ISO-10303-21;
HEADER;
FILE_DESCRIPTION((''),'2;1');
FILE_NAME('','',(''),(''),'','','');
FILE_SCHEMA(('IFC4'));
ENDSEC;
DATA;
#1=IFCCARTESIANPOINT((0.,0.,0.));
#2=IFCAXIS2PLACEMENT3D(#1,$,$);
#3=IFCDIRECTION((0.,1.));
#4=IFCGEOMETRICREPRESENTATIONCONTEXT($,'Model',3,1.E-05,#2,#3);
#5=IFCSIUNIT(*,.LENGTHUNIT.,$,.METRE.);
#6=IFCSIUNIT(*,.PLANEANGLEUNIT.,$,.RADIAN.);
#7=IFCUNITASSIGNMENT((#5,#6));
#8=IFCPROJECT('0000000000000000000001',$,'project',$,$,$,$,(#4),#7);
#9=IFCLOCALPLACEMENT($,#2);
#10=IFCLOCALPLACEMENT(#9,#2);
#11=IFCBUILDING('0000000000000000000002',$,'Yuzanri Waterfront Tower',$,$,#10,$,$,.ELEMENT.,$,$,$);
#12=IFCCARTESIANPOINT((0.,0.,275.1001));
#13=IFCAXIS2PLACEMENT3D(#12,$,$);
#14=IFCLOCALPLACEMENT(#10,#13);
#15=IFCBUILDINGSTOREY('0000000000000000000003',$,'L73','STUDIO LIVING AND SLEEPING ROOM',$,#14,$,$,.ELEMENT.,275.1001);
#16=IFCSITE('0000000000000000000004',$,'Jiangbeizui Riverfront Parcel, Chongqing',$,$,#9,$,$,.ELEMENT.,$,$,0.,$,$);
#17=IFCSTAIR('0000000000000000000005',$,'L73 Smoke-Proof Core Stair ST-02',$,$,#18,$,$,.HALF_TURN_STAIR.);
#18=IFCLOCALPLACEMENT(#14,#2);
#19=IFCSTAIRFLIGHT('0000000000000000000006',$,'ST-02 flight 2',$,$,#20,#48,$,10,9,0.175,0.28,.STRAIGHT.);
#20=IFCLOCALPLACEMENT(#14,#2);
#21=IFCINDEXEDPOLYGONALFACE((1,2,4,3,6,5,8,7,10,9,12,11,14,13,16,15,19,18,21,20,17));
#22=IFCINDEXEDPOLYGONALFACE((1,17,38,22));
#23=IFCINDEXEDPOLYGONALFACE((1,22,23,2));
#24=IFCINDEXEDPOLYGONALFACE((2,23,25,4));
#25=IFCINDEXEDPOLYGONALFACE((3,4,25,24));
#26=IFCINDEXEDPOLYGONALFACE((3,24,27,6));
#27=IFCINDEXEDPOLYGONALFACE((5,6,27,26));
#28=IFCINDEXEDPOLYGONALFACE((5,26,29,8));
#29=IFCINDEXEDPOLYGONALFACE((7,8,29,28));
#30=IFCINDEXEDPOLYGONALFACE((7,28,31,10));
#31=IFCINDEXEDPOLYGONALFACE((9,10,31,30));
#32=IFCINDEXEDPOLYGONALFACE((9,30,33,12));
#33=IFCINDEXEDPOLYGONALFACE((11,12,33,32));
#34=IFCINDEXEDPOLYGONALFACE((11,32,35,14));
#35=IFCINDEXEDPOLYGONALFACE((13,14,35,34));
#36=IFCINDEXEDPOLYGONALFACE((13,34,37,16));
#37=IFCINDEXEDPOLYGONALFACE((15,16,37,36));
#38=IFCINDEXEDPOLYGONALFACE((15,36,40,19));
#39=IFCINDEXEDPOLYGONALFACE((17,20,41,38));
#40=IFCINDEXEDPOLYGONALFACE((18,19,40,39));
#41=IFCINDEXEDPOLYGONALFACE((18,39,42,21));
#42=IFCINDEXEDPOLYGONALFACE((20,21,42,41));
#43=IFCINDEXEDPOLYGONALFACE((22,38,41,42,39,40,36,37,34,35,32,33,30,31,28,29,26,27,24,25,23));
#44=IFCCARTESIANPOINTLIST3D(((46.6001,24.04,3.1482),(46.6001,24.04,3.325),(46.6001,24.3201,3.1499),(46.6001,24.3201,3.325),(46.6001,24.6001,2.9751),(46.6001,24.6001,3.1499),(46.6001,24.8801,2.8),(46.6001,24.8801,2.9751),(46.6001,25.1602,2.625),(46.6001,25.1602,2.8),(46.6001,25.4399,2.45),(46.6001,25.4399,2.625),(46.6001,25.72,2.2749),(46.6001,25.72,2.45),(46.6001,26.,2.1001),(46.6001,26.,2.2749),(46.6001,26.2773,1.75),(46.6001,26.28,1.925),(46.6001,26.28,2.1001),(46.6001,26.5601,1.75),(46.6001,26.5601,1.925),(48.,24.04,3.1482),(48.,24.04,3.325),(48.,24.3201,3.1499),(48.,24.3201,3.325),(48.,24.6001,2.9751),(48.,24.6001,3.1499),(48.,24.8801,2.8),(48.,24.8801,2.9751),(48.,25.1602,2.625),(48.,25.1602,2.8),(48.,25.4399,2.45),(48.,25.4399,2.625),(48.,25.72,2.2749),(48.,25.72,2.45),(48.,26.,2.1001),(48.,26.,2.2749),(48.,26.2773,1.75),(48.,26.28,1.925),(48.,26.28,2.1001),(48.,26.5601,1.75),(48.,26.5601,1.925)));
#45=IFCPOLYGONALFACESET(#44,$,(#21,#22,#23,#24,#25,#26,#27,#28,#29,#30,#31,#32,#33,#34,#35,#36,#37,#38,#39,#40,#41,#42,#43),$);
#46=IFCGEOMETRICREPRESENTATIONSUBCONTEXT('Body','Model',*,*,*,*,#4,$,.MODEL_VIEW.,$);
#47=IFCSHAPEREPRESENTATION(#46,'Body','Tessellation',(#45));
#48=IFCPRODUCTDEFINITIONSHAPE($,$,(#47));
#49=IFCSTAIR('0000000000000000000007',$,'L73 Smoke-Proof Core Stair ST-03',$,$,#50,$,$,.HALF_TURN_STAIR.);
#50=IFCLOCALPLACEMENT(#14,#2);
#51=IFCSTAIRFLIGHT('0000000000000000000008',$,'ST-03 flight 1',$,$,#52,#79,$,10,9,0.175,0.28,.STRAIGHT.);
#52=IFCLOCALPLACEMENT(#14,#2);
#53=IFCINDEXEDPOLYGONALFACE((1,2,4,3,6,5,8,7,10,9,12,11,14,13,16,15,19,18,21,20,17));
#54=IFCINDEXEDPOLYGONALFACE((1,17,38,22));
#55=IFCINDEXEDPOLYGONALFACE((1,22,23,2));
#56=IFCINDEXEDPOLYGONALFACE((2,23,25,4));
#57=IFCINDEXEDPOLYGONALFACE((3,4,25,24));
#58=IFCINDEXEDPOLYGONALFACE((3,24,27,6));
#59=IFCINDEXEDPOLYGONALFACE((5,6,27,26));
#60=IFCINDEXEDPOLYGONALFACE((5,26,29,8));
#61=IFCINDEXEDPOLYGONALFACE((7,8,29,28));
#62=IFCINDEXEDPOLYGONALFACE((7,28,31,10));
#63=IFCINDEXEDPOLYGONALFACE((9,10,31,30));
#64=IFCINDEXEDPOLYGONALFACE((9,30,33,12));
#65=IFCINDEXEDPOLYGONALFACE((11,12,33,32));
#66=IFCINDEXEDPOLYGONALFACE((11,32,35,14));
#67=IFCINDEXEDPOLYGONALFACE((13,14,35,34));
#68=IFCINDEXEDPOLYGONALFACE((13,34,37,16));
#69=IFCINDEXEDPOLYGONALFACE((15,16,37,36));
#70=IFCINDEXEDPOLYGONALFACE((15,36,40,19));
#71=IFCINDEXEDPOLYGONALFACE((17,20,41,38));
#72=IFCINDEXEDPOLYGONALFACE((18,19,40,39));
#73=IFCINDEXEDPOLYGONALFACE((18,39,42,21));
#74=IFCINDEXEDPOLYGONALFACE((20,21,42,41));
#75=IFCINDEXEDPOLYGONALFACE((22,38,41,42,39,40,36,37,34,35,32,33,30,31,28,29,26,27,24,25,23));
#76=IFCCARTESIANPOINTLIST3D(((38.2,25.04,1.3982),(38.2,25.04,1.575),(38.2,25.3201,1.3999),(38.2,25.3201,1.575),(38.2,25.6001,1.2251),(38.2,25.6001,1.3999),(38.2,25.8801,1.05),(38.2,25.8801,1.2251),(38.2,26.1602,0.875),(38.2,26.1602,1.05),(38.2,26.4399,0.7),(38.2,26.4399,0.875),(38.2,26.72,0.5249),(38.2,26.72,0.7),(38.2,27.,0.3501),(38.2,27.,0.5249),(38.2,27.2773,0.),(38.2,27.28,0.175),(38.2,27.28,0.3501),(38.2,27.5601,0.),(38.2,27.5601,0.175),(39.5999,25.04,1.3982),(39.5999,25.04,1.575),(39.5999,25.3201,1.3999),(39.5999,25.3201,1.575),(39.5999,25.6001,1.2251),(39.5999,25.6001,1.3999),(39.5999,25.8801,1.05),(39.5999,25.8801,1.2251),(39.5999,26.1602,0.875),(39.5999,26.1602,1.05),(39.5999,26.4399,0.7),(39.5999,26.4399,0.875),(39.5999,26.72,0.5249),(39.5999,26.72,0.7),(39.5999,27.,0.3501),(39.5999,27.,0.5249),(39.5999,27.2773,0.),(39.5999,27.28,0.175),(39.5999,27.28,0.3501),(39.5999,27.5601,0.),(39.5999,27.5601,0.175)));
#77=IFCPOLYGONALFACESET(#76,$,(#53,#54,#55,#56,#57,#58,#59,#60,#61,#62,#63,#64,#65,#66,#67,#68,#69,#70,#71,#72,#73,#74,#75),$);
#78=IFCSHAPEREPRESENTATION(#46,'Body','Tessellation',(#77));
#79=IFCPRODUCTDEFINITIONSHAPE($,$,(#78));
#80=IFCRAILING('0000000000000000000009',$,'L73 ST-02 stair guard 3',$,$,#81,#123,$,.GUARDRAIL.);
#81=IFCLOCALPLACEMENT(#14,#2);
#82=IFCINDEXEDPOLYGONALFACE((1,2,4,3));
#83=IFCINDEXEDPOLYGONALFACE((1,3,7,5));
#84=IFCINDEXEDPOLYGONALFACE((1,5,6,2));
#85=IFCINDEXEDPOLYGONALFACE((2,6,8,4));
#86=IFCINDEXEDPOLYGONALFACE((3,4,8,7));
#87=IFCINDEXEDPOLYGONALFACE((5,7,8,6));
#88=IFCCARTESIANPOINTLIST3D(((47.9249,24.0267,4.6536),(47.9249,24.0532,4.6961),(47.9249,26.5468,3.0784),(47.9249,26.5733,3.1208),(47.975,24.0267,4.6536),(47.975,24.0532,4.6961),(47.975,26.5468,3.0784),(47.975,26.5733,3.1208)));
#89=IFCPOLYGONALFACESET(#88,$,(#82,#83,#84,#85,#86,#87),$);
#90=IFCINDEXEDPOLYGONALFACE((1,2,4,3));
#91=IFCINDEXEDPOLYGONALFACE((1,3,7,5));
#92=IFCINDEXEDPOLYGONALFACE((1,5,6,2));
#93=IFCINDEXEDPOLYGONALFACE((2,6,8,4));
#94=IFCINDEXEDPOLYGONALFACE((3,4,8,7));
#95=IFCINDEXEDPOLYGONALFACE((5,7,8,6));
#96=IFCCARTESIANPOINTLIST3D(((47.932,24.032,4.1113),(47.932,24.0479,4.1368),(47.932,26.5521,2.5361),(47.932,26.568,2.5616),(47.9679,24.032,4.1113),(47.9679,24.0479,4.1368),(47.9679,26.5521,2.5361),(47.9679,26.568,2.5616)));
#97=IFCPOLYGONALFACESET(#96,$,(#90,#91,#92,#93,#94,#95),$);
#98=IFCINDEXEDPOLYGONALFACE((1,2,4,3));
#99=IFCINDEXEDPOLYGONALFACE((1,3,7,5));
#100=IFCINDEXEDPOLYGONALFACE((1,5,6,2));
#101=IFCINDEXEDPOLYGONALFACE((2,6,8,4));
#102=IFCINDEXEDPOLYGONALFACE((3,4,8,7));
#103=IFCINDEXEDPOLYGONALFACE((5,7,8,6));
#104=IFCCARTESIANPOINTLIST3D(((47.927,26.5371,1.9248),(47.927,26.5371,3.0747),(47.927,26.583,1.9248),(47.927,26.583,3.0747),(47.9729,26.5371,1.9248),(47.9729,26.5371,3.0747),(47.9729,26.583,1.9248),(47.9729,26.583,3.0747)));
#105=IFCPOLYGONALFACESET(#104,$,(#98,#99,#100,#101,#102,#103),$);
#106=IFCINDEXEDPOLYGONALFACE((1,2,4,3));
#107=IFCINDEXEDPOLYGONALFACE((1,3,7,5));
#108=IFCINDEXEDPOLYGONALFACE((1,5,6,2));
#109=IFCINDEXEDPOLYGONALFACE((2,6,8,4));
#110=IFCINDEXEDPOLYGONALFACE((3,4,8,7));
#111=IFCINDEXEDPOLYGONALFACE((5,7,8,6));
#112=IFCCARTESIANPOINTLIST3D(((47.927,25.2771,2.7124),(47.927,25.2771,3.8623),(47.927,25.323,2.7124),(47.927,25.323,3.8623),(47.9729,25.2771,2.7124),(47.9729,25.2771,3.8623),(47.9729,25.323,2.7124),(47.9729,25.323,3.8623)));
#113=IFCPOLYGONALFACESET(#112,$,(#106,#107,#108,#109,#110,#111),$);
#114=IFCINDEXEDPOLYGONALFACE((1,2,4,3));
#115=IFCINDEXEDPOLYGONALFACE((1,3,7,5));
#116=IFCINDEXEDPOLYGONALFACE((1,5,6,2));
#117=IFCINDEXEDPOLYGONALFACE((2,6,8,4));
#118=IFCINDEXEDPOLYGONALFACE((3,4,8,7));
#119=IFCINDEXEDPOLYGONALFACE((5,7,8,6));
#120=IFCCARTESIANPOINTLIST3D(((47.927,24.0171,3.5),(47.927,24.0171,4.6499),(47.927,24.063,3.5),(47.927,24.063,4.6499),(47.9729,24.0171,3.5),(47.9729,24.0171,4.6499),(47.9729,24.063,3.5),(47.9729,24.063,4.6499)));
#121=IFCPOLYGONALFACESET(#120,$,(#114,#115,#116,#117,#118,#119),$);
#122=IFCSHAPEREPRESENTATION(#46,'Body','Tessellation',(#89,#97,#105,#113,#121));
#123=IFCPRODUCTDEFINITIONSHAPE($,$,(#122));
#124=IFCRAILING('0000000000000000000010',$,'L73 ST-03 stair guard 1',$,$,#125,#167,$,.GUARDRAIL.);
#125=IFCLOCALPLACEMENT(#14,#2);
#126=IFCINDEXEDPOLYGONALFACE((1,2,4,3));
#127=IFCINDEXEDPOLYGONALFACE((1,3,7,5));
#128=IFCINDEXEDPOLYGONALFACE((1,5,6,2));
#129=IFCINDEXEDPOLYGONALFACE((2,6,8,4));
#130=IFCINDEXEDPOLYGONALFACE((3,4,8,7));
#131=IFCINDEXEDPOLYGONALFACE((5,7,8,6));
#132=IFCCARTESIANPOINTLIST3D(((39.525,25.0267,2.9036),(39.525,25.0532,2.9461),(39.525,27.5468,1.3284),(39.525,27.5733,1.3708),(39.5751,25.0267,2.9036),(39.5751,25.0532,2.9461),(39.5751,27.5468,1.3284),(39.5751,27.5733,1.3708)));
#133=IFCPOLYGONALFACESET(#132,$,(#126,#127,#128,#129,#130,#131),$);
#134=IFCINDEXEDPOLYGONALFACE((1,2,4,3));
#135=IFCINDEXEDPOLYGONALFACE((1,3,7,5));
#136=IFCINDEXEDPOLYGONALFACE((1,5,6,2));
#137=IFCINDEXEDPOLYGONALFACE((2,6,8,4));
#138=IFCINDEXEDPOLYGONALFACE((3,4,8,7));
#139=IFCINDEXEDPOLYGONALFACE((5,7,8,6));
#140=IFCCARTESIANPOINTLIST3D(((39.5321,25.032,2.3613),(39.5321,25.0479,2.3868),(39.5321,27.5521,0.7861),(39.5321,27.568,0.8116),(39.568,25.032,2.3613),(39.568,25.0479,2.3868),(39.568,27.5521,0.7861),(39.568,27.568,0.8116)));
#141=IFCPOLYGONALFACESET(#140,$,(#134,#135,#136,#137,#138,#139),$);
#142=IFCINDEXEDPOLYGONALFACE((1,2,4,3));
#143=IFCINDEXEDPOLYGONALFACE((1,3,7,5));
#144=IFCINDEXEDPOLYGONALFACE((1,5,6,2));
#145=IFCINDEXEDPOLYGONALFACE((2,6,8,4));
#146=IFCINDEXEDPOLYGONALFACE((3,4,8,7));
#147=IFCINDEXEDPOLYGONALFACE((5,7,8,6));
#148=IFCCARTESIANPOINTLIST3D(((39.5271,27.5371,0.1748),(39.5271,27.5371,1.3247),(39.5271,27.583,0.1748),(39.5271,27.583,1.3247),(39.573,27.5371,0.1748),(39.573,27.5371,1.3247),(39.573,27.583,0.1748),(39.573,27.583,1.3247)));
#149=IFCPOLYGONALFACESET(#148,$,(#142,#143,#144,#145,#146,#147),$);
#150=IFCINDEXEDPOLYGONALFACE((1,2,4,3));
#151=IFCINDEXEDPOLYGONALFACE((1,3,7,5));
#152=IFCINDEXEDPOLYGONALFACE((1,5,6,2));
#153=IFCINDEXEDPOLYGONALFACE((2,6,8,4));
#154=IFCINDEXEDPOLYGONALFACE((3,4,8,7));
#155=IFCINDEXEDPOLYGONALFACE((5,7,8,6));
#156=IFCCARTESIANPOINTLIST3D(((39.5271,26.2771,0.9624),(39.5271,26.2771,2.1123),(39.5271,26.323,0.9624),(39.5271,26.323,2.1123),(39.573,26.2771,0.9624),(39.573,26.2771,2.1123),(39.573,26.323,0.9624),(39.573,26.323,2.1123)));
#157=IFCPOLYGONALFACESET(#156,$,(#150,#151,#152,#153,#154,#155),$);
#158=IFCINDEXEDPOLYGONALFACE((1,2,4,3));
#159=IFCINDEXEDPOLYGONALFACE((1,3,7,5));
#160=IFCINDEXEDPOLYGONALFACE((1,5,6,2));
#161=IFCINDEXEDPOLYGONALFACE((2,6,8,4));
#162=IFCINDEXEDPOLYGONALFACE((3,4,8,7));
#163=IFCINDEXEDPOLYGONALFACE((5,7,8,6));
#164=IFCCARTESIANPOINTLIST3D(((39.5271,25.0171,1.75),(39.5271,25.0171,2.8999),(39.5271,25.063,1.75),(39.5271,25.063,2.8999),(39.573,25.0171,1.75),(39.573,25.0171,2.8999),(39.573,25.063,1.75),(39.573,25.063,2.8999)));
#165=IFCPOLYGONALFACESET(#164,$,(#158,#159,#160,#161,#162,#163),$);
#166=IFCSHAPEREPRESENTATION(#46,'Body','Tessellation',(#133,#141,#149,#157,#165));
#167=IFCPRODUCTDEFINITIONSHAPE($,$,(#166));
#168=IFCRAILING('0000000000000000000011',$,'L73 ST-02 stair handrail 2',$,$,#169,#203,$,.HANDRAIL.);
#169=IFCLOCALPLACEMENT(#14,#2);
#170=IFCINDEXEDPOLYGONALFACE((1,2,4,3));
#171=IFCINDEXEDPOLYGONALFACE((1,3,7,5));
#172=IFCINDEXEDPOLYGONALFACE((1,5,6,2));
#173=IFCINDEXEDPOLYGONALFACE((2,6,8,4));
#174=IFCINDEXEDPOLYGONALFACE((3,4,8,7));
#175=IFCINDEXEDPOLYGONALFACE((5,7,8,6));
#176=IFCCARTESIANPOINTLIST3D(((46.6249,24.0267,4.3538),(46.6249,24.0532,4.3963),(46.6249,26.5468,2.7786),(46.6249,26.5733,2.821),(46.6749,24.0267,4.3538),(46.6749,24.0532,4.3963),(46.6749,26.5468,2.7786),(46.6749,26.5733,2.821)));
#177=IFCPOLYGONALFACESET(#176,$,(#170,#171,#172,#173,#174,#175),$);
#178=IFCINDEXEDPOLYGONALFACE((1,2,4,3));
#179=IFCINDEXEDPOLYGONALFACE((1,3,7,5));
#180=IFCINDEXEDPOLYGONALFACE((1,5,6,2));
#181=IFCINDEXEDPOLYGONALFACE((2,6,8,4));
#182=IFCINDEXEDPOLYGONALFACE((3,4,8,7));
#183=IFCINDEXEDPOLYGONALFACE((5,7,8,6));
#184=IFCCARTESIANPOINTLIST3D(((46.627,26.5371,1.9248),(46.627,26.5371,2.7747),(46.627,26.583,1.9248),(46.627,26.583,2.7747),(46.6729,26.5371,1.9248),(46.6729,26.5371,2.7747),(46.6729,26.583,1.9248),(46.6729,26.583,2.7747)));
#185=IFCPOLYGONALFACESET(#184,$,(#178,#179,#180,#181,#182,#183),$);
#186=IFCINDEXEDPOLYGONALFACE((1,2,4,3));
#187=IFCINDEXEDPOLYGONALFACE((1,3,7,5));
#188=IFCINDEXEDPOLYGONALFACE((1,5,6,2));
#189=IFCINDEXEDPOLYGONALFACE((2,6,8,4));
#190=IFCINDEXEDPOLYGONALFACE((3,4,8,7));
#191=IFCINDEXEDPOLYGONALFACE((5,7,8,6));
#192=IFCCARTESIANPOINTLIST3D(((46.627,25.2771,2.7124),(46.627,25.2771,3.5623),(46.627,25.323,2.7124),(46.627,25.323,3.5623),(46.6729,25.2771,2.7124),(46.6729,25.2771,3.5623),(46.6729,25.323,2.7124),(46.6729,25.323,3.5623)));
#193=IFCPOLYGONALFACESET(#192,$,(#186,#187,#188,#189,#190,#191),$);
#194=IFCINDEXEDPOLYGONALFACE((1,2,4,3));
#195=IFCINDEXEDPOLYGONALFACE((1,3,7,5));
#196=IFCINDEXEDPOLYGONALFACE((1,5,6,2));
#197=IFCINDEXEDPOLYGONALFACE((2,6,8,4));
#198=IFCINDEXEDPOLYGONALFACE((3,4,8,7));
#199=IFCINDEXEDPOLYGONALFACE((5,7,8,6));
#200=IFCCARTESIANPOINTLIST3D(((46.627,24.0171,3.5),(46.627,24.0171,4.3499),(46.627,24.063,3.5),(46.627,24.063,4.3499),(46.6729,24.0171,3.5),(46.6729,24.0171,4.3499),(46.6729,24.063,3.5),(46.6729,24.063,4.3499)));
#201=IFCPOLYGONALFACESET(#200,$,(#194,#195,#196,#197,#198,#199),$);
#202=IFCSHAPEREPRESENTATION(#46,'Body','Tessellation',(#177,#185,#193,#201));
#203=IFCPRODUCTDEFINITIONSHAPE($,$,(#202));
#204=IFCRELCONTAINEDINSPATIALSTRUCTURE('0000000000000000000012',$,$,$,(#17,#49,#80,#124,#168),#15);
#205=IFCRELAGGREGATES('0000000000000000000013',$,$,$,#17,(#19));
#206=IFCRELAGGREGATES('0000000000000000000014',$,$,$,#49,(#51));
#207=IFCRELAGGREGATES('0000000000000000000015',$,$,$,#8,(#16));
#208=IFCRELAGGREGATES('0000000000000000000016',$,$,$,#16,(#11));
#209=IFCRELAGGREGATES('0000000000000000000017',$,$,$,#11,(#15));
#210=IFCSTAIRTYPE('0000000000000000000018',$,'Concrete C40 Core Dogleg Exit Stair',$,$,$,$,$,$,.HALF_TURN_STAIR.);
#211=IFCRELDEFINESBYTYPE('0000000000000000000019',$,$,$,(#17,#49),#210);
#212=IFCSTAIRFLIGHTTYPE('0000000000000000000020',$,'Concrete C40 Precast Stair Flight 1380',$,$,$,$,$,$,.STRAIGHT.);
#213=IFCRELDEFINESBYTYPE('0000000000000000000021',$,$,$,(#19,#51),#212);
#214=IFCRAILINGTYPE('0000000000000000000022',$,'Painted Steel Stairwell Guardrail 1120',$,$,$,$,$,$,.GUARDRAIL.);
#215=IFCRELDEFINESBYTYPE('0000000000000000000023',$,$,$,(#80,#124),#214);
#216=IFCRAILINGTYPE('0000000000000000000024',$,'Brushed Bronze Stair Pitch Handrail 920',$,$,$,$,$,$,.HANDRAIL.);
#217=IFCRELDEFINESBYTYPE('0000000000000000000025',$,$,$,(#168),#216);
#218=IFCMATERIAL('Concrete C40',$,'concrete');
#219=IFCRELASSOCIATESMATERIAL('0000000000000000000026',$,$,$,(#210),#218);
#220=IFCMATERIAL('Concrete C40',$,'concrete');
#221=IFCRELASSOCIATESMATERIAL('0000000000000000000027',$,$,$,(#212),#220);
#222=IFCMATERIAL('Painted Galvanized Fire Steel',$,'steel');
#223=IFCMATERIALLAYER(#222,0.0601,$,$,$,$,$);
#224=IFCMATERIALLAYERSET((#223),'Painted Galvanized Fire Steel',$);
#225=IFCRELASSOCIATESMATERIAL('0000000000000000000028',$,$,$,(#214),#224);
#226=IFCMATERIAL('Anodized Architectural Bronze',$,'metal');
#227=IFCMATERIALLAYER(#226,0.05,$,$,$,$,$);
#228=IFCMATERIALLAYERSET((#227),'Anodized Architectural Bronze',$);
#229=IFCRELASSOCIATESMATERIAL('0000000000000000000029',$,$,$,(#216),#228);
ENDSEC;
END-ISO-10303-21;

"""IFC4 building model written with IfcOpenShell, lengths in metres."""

from ifc_helpers import new_model, si_unit, direction, frame, origin, origin_2d, place, context, subcontext, project, spatial, polyline, rectangle, outline, extrude, source, transform, mapped, material, layer, layer_set, type_object, element, aggregate, save


model = new_model("IFC4")

# Units and contexts
model_context = context("Model", 3, precision=1e-05, world=origin(), true_north=direction((0.0, 1.0)))
body_context = subcontext(model_context, "Body", "Model", "MODEL_VIEW")
ifc_project = project(units=[si_unit("LENGTHUNIT", "METRE"), si_unit("PLANEANGLEUNIT", "RADIAN")], contexts=[model_context])

# Site, building, storey
site_placement = place(None, origin())
site = spatial("IfcSite", under=ifc_project, at=site_placement, Name="Jiangbeizui Riverfront Parcel, Chongqing", CompositionType="ELEMENT", RefElevation=0.0)
building_placement = place(site_placement, origin())
building = spatial("IfcBuilding", under=site, at=building_placement, Name="Yuzanri Waterfront Tower", CompositionType="ELEMENT")
storey_placement = place(building_placement, frame((0.0, 0.0, 275.1001)))
storey = spatial("IfcBuildingStorey", under=building, at=storey_placement, Name="L73", Description="STUDIO LIVING AND SLEEPING ROOM", CompositionType="ELEMENT", Elevation=275.1001)

# Stairs, stair flights
ifc_material_1 = material(Name="Concrete C40", Category="concrete")
stair_type = type_object("IfcStairType", Name="Concrete C40 Core Dogleg Exit Stair", PredefinedType="HALF_TURN_STAIR", material=ifc_material_1)
stair_1_placement = place(storey_placement, origin())
stair_1 = element("IfcStair", 1, at=stair_1_placement, inside=storey, type_object=stair_type, Name="L73 Smoke-Proof Core Stair ST-02", PredefinedType="HALF_TURN_STAIR")
ifc_material_2 = material(Name="Concrete C40", Category="concrete")
stair_flight_type = type_object("IfcStairFlightType", Name="Concrete C40 Precast Stair Flight 1380", PredefinedType="STRAIGHT", material=ifc_material_2)
shared_shape_1 = source(origin(), body_context, "Body", "SweptSolid", [
    extrude(outline(polyline([(0.0, 0.0), (0.0, 0.175), (0.28, 0.175), (0.28, 0.3501), (0.5601, 0.3501), (0.5601, 0.5249), (0.8401, 0.5249), (0.8401, 0.7), (1.1201, 0.7), (1.1201, 0.875), (1.3999, 0.875), (1.3999, 1.05), (1.6799, 1.05), (1.6799, 1.2251), (1.96, 1.2251), (1.96, 1.3999), (2.24, 1.3999), (2.24, 1.575), (2.52, 1.575), (2.52, 1.75), (2.52, 1.3982), (0.2827, 0.0), (0.0, 0.0)])), frame((0.0, 0.7, 0.0), z_axis=(0.0, -1.0, 0.0), x_axis=(1.0, 0.0, 0.0)), (0.0, 0.0, 1.0), 1.3999),
])
stair_flight_1_placement = place(storey_placement, frame((47.3, 26.5601, 1.75), z_axis=(0.0, 0.0, 1.0), x_axis=(0.0, -1.0, 0.0)))
stair_flight_1 = element("IfcStairFlight", 2, at=stair_flight_1_placement, type_object=stair_flight_type, Name="ST-02 flight 2", NumberOfRisers=10, NumberOfTreads=9, PredefinedType="STRAIGHT", RiserHeight=0.175, TreadLength=0.28, context=body_context, shape_type="MappedRepresentation", body=[
    mapped(shared_shape_1, transform((0.0, 0.0, 0.0), scale=1.0)),
])
aggregate(stair_1, [stair_flight_1])
stair_2_placement = place(storey_placement, origin())
stair_2 = element("IfcStair", 3, at=stair_2_placement, inside=storey, type_object=stair_type, Name="L73 Smoke-Proof Core Stair ST-03", PredefinedType="HALF_TURN_STAIR")
stair_flight_2_placement = place(storey_placement, frame((38.8999, 27.5601, 0.0), z_axis=(0.0, 0.0, 1.0), x_axis=(0.0, -1.0, 0.0)))
stair_flight_2 = element("IfcStairFlight", 4, at=stair_flight_2_placement, type_object=stair_flight_type, Name="ST-03 flight 1", NumberOfRisers=10, NumberOfTreads=9, PredefinedType="STRAIGHT", RiserHeight=0.175, TreadLength=0.28, context=body_context, shape_type="MappedRepresentation", body=[
    mapped(shared_shape_1, transform((0.0, 0.0, 0.0), scale=1.0)),
])
aggregate(stair_2, [stair_flight_2])

# Railings
ifc_material_3 = material(Name="Painted Galvanized Fire Steel", Category="steel")
ifc_layer_1 = layer(ifc_material_3, 0.0601)
ifc_layer_set_1 = layer_set([ifc_layer_1], Name="Painted Galvanized Fire Steel")
railing_type_1 = type_object("IfcRailingType", Name="Painted Steel Stairwell Guardrail 1120", PredefinedType="GUARDRAIL", material=ifc_layer_set_1)
shared_shape_2 = source(origin(), body_context, "Body", "SweptSolid", [
    extrude(rectangle(XDim=0.05, YDim=0.05, at=origin_2d()), frame((0.0, 0.0, 1.1748), z_axis=(0.0, -0.847971, 0.530043), x_axis=(1.0, 0.0, 0.0)), (0.0, 0.0, 1.0), 2.9719),
    extrude(rectangle(XDim=0.0359, YDim=0.03, at=origin_2d()), frame((0.0, 0.0, 0.624), z_axis=(0.0, -0.847971, 0.530043), x_axis=(1.0, 0.0, 0.0)), (0.0, 0.0, 1.0), 2.9719),
    extrude(rectangle(XDim=0.0459, YDim=0.0459, at=origin_2d()), origin(), (0.0, 0.0, 1.0), 1.1499),
    extrude(rectangle(XDim=0.0459, YDim=0.0459, at=origin_2d()), frame((0.0, -1.26, 0.7876)), (0.0, 0.0, 1.0), 1.1499),
    extrude(rectangle(XDim=0.0459, YDim=0.0459, at=origin_2d()), frame((0.0, -2.52, 1.5752)), (0.0, 0.0, 1.0), 1.1499),
])
for number, where, name in (
    (5, (47.95, 26.5601, 1.9248), "L73 ST-02 stair guard 3"),
    (6, (39.55, 27.5601, 0.1748), "L73 ST-03 stair guard 1"),
):
    element("IfcRailing", number, at=place(storey_placement, frame(where)), inside=storey, type_object=railing_type_1, Name=name, PredefinedType="GUARDRAIL", context=body_context, shape_type="MappedRepresentation", body=[
        mapped(shared_shape_2, transform((0.0, 0.0, 0.0), scale=1.0)),
    ])
ifc_material_4 = material(Name="Anodized Architectural Bronze", Category="metal")
ifc_layer_2 = layer(ifc_material_4, 0.05)
ifc_layer_set_2 = layer_set([ifc_layer_2], Name="Anodized Architectural Bronze")
railing_type_2 = type_object("IfcRailingType", Name="Brushed Bronze Stair Pitch Handrail 920", PredefinedType="HANDRAIL", material=ifc_layer_set_2)
shared_shape_3 = source(origin(), body_context, "Body", "SweptSolid", [
    extrude(rectangle(XDim=0.05, YDim=0.05, at=origin_2d()), frame((0.0, 0.0, 0.875), z_axis=(0.0, -0.847971, 0.530043), x_axis=(1.0, 0.0, 0.0)), (0.0, 0.0, 1.0), 2.9719),
    extrude(rectangle(XDim=0.0459, YDim=0.0459, at=origin_2d()), origin(), (0.0, 0.0, 1.0), 0.8499),
    extrude(rectangle(XDim=0.0459, YDim=0.0459, at=origin_2d()), frame((0.0, -1.26, 0.7876)), (0.0, 0.0, 1.0), 0.8499),
    extrude(rectangle(XDim=0.0459, YDim=0.0459, at=origin_2d()), frame((0.0, -2.52, 1.5752)), (0.0, 0.0, 1.0), 0.8499),
])
for number, where, name in (
    (7, (46.6499, 26.5601, 1.9248), "L73 ST-02 stair handrail 2"),
):
    element("IfcRailing", number, at=place(storey_placement, frame(where)), inside=storey, type_object=railing_type_2, Name=name, PredefinedType="HANDRAIL", context=body_context, shape_type="MappedRepresentation", body=[
        mapped(shared_shape_3, transform((0.0, 0.0, 0.0), scale=1.0)),
    ])

save(model, "model.ifc")
